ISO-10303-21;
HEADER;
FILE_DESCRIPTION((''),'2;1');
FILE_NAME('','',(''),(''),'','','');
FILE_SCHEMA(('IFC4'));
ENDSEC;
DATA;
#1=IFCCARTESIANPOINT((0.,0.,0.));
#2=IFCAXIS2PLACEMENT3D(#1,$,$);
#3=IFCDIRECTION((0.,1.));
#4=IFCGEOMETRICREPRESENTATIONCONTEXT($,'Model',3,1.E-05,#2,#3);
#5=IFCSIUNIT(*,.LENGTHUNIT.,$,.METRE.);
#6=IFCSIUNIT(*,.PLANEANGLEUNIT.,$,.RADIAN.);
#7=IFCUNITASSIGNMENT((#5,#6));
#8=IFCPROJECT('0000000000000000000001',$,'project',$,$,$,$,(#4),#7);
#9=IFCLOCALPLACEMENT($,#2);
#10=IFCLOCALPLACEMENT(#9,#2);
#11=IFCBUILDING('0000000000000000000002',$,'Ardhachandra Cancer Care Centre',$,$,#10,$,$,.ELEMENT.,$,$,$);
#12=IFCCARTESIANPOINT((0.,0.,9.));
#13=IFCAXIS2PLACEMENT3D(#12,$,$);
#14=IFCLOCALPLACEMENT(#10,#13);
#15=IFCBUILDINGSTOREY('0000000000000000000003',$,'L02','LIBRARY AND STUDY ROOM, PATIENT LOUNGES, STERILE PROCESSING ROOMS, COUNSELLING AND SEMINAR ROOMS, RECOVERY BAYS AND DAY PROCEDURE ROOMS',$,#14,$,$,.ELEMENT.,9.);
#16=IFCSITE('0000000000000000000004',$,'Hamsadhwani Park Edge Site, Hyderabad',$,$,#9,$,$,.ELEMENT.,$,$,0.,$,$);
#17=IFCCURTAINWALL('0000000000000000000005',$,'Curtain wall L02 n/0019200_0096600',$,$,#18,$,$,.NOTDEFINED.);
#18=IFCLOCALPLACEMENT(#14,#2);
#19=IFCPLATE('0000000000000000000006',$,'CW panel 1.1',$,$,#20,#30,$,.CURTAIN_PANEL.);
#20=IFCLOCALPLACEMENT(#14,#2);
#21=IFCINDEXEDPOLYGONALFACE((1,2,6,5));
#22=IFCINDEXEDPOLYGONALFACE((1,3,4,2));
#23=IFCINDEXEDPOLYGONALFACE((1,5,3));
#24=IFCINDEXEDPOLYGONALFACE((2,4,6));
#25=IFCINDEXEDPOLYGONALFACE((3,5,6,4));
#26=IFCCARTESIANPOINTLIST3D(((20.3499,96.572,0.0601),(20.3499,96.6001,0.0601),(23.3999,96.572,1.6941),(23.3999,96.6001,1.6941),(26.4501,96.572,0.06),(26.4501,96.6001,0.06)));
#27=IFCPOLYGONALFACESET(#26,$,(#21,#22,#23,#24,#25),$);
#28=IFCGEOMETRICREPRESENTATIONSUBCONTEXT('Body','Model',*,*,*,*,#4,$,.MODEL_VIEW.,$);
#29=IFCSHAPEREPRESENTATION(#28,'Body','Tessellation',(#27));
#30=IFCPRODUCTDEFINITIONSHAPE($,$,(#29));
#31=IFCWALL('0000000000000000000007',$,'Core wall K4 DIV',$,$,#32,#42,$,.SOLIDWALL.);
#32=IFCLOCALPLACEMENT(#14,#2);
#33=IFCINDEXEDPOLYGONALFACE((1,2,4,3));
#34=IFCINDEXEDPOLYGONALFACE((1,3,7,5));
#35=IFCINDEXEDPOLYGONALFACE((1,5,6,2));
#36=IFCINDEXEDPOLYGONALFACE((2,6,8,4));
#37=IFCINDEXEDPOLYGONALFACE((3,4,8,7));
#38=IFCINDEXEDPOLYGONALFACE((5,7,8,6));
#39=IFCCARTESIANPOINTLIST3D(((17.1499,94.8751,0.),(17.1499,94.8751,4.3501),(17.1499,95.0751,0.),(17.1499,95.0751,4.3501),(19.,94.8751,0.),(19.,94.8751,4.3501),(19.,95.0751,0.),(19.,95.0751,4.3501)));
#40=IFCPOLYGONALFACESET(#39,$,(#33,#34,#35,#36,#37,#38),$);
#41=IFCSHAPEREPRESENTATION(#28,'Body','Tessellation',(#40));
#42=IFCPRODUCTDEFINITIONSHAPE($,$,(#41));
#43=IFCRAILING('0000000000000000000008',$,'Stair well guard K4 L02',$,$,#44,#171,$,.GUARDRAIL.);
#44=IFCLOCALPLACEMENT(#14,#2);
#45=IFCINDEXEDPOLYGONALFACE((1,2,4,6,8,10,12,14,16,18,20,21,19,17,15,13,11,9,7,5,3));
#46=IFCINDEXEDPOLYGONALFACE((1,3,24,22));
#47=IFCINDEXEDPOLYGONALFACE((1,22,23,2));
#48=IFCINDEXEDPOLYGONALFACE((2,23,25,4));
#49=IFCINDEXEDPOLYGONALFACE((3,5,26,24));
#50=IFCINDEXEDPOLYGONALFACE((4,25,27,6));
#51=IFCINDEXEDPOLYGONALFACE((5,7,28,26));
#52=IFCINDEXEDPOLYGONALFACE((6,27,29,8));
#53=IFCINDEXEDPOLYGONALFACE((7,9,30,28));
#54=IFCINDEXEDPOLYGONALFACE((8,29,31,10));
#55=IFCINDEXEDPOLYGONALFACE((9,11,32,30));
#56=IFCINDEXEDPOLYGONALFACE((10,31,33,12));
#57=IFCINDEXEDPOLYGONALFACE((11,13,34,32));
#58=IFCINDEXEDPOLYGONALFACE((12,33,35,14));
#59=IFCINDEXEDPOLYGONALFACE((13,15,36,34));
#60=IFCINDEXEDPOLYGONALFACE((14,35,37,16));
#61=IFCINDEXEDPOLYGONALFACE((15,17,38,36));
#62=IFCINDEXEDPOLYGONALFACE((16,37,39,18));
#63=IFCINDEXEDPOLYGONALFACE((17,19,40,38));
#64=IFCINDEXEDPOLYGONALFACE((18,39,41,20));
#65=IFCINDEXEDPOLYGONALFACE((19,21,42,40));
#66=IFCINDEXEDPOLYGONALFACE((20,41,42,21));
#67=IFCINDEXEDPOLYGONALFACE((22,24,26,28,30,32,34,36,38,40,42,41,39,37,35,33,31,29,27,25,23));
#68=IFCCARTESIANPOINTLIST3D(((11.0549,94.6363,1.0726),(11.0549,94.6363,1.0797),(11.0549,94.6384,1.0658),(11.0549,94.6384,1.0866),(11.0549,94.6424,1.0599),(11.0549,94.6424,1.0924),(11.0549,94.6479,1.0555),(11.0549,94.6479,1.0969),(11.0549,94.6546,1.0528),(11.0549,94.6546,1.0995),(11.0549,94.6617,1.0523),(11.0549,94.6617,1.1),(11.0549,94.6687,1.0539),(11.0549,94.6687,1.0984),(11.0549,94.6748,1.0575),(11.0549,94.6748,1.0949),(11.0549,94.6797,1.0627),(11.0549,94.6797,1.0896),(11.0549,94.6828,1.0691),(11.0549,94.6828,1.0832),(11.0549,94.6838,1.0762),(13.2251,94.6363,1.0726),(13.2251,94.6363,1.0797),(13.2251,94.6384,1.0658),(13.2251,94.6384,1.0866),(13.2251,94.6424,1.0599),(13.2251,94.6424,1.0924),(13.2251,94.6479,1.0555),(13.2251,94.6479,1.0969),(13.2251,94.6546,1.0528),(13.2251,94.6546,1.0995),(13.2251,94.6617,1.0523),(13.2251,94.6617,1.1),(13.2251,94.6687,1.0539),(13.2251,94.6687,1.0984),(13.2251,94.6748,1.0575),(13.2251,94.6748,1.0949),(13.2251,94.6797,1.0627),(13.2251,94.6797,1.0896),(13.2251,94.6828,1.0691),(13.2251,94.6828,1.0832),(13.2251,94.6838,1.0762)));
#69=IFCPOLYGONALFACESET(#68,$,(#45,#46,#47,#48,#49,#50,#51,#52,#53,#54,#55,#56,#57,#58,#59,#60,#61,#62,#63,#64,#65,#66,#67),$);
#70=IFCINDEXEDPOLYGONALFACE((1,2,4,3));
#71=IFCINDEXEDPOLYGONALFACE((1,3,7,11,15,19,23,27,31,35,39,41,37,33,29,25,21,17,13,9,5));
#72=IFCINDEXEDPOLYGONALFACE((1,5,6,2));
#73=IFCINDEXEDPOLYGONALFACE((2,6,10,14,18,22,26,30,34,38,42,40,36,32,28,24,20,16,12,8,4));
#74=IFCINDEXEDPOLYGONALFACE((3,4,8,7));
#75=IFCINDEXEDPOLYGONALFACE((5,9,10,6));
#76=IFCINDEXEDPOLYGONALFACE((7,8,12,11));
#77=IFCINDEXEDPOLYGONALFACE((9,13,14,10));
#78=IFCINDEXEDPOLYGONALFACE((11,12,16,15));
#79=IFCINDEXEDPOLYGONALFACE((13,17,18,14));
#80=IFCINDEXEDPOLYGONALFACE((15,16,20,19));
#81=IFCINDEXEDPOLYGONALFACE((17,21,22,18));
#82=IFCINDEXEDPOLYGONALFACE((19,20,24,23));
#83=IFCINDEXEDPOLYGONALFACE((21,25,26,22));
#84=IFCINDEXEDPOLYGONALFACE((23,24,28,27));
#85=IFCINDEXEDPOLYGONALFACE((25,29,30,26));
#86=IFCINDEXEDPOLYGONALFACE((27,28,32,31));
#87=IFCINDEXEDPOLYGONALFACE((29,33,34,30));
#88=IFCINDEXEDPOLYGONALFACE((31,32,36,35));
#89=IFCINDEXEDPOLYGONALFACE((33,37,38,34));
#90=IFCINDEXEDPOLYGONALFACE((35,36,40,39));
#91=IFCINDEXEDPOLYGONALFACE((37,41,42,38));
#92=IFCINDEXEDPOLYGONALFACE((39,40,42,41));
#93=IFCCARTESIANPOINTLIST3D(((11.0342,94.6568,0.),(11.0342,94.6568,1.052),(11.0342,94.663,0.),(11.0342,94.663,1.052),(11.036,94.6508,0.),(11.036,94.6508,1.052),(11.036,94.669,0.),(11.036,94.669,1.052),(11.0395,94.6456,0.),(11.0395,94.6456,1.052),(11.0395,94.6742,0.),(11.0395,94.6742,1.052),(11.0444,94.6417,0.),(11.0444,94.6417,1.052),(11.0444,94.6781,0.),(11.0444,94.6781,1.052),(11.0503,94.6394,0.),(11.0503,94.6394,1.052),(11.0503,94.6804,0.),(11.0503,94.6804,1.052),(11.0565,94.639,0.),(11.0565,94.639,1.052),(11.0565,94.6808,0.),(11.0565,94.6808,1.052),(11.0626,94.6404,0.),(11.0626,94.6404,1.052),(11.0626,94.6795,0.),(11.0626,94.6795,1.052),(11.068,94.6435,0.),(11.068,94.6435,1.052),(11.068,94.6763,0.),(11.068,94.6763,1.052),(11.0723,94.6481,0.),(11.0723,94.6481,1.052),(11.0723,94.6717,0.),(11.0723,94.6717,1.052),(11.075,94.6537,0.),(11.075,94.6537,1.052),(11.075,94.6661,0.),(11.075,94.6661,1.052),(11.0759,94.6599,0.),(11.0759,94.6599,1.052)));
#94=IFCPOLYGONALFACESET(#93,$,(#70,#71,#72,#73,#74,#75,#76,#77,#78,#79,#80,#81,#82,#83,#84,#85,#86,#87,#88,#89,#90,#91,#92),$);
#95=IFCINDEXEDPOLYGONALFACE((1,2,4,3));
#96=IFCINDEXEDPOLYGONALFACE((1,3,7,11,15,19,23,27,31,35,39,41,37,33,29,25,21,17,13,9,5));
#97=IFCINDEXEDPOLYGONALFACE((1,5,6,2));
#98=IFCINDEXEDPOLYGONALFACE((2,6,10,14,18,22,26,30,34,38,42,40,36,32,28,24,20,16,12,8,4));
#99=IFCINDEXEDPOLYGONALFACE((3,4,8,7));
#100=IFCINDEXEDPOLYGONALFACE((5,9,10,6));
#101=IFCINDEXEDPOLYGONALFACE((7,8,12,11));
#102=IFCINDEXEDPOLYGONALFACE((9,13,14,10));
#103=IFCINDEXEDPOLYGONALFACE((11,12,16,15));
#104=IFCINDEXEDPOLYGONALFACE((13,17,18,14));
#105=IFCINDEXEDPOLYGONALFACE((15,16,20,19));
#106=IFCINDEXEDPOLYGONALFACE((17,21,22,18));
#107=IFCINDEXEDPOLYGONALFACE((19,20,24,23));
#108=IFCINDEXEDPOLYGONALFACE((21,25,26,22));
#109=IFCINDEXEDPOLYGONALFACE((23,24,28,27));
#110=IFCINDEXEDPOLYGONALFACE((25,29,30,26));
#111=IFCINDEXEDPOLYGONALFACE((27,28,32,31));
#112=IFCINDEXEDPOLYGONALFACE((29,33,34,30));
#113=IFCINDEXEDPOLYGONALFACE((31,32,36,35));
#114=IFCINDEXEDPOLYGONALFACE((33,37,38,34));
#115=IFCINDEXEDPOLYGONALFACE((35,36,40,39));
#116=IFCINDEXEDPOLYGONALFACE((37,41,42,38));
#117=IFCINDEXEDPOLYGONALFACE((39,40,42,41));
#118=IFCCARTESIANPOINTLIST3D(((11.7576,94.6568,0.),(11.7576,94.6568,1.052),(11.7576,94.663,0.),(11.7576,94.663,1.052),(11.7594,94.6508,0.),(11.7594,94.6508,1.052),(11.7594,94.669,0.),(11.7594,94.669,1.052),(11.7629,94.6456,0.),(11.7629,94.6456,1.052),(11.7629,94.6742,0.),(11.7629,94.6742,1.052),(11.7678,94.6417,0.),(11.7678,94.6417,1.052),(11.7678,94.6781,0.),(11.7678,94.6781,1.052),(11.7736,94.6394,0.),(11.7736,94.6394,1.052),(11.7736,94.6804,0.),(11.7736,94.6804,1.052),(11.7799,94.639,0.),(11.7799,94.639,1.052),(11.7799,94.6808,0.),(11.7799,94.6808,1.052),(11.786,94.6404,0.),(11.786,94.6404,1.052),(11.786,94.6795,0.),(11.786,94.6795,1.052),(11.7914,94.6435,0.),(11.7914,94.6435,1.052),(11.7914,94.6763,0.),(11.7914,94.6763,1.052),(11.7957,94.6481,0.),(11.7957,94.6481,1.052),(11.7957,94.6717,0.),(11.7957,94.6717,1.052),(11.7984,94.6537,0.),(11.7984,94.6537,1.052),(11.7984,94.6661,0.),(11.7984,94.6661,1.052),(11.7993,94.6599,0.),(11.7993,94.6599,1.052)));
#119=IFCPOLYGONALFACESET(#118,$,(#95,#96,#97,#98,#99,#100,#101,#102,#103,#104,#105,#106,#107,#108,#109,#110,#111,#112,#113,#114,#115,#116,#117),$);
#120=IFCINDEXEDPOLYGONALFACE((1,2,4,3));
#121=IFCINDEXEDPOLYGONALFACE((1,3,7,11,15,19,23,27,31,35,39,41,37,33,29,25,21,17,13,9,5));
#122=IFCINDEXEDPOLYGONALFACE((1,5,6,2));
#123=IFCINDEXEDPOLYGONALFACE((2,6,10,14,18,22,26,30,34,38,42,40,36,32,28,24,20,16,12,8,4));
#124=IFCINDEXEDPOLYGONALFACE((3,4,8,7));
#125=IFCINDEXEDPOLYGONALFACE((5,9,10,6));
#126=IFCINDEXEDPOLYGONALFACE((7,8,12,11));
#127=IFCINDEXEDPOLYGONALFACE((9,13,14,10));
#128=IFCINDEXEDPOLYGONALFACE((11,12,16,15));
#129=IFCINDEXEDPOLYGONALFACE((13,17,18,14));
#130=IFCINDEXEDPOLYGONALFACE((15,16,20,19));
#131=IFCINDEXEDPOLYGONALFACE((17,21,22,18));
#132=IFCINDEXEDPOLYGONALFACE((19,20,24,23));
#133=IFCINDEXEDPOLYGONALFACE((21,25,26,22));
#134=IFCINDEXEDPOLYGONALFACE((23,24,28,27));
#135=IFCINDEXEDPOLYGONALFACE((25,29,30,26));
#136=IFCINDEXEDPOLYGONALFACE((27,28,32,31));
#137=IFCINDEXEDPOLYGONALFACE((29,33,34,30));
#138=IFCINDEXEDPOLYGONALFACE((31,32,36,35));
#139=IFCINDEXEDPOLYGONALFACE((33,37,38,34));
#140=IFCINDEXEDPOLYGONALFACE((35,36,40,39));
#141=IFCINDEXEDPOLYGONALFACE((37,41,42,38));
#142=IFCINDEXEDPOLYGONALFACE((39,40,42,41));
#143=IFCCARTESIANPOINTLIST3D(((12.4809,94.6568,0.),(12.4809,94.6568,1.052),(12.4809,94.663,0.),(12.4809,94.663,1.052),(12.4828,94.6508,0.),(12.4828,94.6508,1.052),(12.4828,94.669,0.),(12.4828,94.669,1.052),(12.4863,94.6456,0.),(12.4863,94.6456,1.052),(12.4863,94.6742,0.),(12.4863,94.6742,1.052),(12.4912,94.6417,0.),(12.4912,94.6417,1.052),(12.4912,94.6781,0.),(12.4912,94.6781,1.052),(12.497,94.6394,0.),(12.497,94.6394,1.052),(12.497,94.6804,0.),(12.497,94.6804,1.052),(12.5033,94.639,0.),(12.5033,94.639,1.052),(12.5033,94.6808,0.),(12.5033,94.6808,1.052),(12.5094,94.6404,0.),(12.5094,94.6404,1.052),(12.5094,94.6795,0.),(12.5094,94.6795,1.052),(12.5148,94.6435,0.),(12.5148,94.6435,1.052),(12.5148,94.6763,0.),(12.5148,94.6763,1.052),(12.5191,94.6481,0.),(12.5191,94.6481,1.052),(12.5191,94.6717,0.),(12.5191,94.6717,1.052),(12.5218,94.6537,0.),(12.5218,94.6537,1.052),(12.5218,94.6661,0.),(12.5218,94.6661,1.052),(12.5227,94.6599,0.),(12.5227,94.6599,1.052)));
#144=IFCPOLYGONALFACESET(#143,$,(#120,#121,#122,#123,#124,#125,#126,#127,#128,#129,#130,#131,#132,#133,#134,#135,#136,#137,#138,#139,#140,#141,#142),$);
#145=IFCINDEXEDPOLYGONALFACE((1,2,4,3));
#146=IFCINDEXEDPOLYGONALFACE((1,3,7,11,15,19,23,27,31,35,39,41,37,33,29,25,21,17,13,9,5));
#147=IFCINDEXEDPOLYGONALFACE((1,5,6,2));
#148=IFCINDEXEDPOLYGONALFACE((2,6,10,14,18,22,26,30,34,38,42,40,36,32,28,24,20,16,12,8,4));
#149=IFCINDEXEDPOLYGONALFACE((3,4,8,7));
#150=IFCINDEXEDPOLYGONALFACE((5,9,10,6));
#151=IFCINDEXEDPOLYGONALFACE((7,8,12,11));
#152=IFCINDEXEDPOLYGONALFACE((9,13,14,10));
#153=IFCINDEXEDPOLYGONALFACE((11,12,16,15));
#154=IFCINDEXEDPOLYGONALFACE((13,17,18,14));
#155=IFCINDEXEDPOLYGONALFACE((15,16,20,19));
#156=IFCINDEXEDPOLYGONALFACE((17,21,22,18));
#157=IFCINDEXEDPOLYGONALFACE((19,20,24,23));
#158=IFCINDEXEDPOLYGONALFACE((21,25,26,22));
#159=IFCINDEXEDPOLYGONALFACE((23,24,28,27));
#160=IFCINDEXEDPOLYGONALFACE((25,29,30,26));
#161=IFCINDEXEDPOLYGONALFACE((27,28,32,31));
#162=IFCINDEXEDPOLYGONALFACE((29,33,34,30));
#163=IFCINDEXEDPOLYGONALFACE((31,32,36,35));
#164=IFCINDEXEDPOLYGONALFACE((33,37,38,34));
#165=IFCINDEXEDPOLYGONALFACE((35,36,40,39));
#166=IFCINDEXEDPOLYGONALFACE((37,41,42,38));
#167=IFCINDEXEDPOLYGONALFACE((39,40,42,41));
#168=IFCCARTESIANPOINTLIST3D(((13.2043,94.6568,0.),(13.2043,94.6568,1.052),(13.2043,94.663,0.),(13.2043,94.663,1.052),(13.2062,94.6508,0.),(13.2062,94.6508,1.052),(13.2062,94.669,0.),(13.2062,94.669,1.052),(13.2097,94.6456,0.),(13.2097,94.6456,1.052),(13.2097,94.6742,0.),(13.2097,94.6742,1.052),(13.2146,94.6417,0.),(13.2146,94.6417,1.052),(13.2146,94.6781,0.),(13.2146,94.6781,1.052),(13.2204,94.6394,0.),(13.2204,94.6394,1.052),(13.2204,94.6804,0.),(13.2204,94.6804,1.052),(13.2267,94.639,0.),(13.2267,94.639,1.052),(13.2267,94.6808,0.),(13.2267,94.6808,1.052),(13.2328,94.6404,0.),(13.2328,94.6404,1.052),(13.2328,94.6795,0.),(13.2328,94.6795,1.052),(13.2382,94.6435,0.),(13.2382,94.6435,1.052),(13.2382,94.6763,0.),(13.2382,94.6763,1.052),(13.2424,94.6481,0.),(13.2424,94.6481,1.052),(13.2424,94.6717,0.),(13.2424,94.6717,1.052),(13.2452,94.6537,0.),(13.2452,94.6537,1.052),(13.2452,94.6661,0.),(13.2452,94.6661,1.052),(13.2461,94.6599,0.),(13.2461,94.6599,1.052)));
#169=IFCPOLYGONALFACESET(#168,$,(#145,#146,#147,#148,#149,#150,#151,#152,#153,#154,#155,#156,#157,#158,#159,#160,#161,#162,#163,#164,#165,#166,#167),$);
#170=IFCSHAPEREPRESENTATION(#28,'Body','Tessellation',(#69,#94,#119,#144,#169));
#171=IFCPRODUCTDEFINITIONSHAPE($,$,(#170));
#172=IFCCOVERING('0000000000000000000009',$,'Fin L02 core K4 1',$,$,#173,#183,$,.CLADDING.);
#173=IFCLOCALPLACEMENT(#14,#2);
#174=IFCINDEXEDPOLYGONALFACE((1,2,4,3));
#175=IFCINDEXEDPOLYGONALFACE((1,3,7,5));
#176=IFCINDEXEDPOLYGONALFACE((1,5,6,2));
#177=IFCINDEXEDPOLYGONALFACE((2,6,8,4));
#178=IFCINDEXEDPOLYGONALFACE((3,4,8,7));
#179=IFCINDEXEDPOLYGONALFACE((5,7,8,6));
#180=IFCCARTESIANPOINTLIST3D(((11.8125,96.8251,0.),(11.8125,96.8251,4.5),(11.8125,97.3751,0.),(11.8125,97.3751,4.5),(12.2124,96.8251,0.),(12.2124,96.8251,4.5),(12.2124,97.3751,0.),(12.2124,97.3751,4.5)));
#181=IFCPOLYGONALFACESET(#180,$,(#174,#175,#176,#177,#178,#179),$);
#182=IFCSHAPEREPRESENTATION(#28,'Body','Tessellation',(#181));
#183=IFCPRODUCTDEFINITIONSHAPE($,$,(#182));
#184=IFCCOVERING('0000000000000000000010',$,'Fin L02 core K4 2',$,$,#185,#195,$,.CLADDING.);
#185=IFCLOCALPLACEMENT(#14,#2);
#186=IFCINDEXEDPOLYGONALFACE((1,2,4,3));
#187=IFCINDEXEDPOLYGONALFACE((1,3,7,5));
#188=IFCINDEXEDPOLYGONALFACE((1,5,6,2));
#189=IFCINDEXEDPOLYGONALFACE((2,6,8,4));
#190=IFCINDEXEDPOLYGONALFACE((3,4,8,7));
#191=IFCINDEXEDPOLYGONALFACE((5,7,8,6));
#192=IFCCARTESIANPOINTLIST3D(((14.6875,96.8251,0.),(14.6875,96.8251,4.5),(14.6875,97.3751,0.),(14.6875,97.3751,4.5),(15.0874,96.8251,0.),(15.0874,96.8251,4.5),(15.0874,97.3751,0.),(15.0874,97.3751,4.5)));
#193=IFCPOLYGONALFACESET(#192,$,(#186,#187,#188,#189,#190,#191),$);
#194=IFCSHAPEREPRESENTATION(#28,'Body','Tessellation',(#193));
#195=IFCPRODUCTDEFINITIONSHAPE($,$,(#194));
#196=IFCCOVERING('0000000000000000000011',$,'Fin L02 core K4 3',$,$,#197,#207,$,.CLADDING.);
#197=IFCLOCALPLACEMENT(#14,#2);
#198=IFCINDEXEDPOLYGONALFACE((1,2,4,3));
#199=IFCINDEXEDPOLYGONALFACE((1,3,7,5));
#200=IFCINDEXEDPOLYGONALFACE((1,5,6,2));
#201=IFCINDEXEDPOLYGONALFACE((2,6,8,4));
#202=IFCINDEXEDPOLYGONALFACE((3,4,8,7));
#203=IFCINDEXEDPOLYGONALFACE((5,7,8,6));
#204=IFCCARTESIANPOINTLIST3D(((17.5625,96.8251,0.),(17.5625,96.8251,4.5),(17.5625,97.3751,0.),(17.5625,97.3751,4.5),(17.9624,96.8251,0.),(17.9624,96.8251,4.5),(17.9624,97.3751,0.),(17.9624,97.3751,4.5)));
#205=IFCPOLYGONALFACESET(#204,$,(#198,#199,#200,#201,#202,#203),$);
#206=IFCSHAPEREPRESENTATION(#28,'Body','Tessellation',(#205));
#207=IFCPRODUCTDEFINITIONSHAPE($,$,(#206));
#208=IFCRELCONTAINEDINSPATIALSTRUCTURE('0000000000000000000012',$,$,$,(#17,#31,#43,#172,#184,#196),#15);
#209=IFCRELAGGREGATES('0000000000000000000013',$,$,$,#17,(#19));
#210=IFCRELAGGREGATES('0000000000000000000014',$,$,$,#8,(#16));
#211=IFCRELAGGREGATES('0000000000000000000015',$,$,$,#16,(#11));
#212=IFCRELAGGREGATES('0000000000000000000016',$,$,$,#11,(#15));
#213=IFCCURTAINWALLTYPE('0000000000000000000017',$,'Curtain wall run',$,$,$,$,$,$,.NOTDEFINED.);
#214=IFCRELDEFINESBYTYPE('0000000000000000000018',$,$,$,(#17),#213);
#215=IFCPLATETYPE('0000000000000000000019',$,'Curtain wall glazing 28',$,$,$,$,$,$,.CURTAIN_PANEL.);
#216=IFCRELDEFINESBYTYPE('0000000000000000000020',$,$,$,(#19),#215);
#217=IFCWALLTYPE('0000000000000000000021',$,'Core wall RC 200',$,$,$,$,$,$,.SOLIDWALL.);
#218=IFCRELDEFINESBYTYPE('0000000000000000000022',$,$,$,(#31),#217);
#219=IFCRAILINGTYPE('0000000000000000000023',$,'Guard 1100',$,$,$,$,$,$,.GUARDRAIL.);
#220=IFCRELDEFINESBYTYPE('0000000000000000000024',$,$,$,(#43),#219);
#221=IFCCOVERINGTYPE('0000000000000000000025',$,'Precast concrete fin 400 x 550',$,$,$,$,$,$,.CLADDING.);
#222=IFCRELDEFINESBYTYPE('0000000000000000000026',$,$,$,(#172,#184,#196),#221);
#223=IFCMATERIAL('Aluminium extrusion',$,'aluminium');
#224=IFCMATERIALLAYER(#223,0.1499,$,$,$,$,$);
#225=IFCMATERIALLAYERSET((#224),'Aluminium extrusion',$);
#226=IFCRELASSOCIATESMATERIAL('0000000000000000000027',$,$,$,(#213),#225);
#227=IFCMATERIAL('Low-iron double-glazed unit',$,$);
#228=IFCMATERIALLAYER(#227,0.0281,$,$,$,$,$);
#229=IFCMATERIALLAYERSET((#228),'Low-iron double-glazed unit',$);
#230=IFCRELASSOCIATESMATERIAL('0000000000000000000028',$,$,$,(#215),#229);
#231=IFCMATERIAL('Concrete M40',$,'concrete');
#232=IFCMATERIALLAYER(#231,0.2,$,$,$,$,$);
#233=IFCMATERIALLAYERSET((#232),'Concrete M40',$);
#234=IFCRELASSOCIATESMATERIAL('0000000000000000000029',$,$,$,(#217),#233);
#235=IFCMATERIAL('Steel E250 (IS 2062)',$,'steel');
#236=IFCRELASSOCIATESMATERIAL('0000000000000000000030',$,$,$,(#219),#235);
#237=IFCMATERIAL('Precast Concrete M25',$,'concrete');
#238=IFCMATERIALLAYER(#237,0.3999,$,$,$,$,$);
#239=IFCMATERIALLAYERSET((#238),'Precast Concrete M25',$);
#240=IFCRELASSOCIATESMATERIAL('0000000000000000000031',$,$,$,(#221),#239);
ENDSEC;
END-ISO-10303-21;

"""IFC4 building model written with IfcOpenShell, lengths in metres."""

from ifc_helpers import new_model, si_unit, direction, frame, frame_2d, origin, origin_2d, place, context, subcontext, project, spatial, polyline, rectangle, circle, outline, extrude, material, layer, layer_set, type_object, element, aggregate, save


model = new_model("IFC4")

# Units and contexts
model_context = context("Model", 3, precision=1e-05, world=origin(), true_north=direction((0.0, 1.0)))
body_context = subcontext(model_context, "Body", "Model", "MODEL_VIEW")
ifc_project = project(units=[si_unit("LENGTHUNIT", "METRE"), si_unit("PLANEANGLEUNIT", "RADIAN")], contexts=[model_context])

# Site, building, storey
site_placement = place(None, origin())
site = spatial("IfcSite", under=ifc_project, at=site_placement, Name="Hamsadhwani Park Edge Site, Hyderabad", CompositionType="ELEMENT", RefElevation=0.0)
building_placement = place(site_placement, origin())
building = spatial("IfcBuilding", under=site, at=building_placement, Name="Ardhachandra Cancer Care Centre", CompositionType="ELEMENT")
storey_placement = place(building_placement, frame((0.0, 0.0, 9.0)))
storey = spatial("IfcBuildingStorey", under=building, at=storey_placement, Name="L02", Description="LIBRARY AND STUDY ROOM, PATIENT LOUNGES, STERILE PROCESSING ROOMS, COUNSELLING AND SEMINAR ROOMS, RECOVERY BAYS AND DAY PROCEDURE ROOMS", CompositionType="ELEMENT", Elevation=9.0)

# Curtain wall
ifc_material_1 = material(Name="Aluminium extrusion", Category="aluminium")
ifc_layer_1 = layer(ifc_material_1, 0.1499)
ifc_layer_set_1 = layer_set([ifc_layer_1], Name="Aluminium extrusion")
curtain_wall_type = type_object("IfcCurtainWallType", Name="Curtain wall run", PredefinedType="NOTDEFINED", material=ifc_layer_set_1)
curtain_wall_1_placement = place(storey_placement, origin())
curtain_wall_1 = element("IfcCurtainWall", 1, at=curtain_wall_1_placement, inside=storey, type_object=curtain_wall_type, Name="Curtain wall L02 n/0019200_0096600", PredefinedType="NOTDEFINED")

# Plate
ifc_material_2 = material(Name="Low-iron double-glazed unit")
ifc_layer_2 = layer(ifc_material_2, 0.0281)
ifc_layer_set_2 = layer_set([ifc_layer_2], Name="Low-iron double-glazed unit")
plate_type = type_object("IfcPlateType", Name="Curtain wall glazing 28", PredefinedType="CURTAIN_PANEL", material=ifc_layer_set_2)
plate_1_placement = place(storey_placement, frame((20.3499, 96.6001, 0.0601), z_axis=(0.0, 1.0, 0.0), x_axis=(0.881471, 0.0, 0.472239)))
plate_1 = element("IfcPlate", 2, at=plate_1_placement, type_object=plate_type, Name="CW panel 1.1", PredefinedType="CURTAIN_PANEL", context=body_context, shape_type="SweptSolid", body=[
    extrude(outline(polyline([(0.0, 0.0), (3.4602, 0.0), (5.3772, 2.8809), (0.0, 0.0)])), frame((0.0, 0.0, -0.0281)), (0.0, 0.0, 1.0), 0.0281),
])
aggregate(curtain_wall_1, [plate_1])

# Wall
ifc_material_3 = material(Name="Concrete M40", Category="concrete")
ifc_layer_3 = layer(ifc_material_3, 0.2)
ifc_layer_set_3 = layer_set([ifc_layer_3], Name="Concrete M40")
wall_type = type_object("IfcWallType", Name="Core wall RC 200", PredefinedType="SOLIDWALL", material=ifc_layer_set_3)
wall_placement = place(storey_placement, frame((17.1499, 94.9751, 0.0), z_axis=(0.0, 0.0, 1.0), x_axis=(1.0, 0.0, 0.0)))
element("IfcWall", 3, at=wall_placement, inside=storey, type_object=wall_type, Name="Core wall K4 DIV", PredefinedType="SOLIDWALL", context=body_context, shape_type="SweptSolid", body=[
    extrude(rectangle(XDim=1.8501, YDim=0.2, at=frame_2d((0.925, 0.0))), origin(), (0.0, 0.0, 1.0), 4.3501),
])

# Railing
ifc_material_4 = material(Name="Steel E250 (IS 2062)", Category="steel")
railing_type_1 = type_object("IfcRailingType", Name="Guard 1100", PredefinedType="GUARDRAIL", material=ifc_material_4)
railing_1_placement = place(storey_placement, frame((11.0549, 94.6599, 0.0)))
element("IfcRailing", 4, at=railing_1_placement, inside=storey, type_object=railing_type_1, Name="Stair well guard K4 L02", PredefinedType="GUARDRAIL", context=body_context, shape_type="SweptSolid", body=[
    extrude(circle(Radius=0.0239, at=origin_2d()), frame((0.0, 0.0, 1.0762), z_axis=(1.0, 0.0, 0.0), x_axis=(0.0, 1.0, 0.0)), (0.0, 0.0, 1.0), 2.1702),
    extrude(circle(Radius=0.021, at=origin_2d()), origin(), (0.0, 0.0, 1.0), 1.052),
    extrude(circle(Radius=0.021, at=origin_2d()), frame((0.7234, 0.0, 0.0)), (0.0, 0.0, 1.0), 1.052),
    extrude(circle(Radius=0.021, at=origin_2d()), frame((1.4468, 0.0, 0.0)), (0.0, 0.0, 1.0), 1.052),
    extrude(circle(Radius=0.021, at=origin_2d()), frame((2.1702, 0.0, 0.0)), (0.0, 0.0, 1.0), 1.052),
])

# Coverings
ifc_material_5 = material(Name="Precast Concrete M25", Category="concrete")
ifc_layer_4 = layer(ifc_material_5, 0.3999)
ifc_layer_set_4 = layer_set([ifc_layer_4], Name="Precast Concrete M25")
covering_type = type_object("IfcCoveringType", Name="Precast concrete fin 400 x 550", PredefinedType="CLADDING", material=ifc_layer_set_4)
for number, where, z_axis, x_axis, name in (
    (5, (12.0125, 97.1001, 0.0), (0.0, 0.0, 1.0), (1.0, 0.0, 0.0), "Fin L02 core K4 1"),
    (6, (14.8875, 97.1001, 0.0), (0.0, 0.0, 1.0), (1.0, 0.0, 0.0), "Fin L02 core K4 2"),
    (7, (17.7625, 97.1001, 0.0), (0.0, 0.0, 1.0), (1.0, 0.0, 0.0), "Fin L02 core K4 3"),
):
    element("IfcCovering", number, at=place(storey_placement, frame(where, z_axis=z_axis, x_axis=x_axis)), inside=storey, type_object=covering_type, Name=name, PredefinedType="CLADDING", context=body_context, shape_type="SweptSolid", body=[
        extrude(rectangle(XDim=0.3999, YDim=0.55, at=origin_2d()), origin(), (0.0, 0.0, 1.0), 4.5),
    ])

save(model, "model.ifc")
